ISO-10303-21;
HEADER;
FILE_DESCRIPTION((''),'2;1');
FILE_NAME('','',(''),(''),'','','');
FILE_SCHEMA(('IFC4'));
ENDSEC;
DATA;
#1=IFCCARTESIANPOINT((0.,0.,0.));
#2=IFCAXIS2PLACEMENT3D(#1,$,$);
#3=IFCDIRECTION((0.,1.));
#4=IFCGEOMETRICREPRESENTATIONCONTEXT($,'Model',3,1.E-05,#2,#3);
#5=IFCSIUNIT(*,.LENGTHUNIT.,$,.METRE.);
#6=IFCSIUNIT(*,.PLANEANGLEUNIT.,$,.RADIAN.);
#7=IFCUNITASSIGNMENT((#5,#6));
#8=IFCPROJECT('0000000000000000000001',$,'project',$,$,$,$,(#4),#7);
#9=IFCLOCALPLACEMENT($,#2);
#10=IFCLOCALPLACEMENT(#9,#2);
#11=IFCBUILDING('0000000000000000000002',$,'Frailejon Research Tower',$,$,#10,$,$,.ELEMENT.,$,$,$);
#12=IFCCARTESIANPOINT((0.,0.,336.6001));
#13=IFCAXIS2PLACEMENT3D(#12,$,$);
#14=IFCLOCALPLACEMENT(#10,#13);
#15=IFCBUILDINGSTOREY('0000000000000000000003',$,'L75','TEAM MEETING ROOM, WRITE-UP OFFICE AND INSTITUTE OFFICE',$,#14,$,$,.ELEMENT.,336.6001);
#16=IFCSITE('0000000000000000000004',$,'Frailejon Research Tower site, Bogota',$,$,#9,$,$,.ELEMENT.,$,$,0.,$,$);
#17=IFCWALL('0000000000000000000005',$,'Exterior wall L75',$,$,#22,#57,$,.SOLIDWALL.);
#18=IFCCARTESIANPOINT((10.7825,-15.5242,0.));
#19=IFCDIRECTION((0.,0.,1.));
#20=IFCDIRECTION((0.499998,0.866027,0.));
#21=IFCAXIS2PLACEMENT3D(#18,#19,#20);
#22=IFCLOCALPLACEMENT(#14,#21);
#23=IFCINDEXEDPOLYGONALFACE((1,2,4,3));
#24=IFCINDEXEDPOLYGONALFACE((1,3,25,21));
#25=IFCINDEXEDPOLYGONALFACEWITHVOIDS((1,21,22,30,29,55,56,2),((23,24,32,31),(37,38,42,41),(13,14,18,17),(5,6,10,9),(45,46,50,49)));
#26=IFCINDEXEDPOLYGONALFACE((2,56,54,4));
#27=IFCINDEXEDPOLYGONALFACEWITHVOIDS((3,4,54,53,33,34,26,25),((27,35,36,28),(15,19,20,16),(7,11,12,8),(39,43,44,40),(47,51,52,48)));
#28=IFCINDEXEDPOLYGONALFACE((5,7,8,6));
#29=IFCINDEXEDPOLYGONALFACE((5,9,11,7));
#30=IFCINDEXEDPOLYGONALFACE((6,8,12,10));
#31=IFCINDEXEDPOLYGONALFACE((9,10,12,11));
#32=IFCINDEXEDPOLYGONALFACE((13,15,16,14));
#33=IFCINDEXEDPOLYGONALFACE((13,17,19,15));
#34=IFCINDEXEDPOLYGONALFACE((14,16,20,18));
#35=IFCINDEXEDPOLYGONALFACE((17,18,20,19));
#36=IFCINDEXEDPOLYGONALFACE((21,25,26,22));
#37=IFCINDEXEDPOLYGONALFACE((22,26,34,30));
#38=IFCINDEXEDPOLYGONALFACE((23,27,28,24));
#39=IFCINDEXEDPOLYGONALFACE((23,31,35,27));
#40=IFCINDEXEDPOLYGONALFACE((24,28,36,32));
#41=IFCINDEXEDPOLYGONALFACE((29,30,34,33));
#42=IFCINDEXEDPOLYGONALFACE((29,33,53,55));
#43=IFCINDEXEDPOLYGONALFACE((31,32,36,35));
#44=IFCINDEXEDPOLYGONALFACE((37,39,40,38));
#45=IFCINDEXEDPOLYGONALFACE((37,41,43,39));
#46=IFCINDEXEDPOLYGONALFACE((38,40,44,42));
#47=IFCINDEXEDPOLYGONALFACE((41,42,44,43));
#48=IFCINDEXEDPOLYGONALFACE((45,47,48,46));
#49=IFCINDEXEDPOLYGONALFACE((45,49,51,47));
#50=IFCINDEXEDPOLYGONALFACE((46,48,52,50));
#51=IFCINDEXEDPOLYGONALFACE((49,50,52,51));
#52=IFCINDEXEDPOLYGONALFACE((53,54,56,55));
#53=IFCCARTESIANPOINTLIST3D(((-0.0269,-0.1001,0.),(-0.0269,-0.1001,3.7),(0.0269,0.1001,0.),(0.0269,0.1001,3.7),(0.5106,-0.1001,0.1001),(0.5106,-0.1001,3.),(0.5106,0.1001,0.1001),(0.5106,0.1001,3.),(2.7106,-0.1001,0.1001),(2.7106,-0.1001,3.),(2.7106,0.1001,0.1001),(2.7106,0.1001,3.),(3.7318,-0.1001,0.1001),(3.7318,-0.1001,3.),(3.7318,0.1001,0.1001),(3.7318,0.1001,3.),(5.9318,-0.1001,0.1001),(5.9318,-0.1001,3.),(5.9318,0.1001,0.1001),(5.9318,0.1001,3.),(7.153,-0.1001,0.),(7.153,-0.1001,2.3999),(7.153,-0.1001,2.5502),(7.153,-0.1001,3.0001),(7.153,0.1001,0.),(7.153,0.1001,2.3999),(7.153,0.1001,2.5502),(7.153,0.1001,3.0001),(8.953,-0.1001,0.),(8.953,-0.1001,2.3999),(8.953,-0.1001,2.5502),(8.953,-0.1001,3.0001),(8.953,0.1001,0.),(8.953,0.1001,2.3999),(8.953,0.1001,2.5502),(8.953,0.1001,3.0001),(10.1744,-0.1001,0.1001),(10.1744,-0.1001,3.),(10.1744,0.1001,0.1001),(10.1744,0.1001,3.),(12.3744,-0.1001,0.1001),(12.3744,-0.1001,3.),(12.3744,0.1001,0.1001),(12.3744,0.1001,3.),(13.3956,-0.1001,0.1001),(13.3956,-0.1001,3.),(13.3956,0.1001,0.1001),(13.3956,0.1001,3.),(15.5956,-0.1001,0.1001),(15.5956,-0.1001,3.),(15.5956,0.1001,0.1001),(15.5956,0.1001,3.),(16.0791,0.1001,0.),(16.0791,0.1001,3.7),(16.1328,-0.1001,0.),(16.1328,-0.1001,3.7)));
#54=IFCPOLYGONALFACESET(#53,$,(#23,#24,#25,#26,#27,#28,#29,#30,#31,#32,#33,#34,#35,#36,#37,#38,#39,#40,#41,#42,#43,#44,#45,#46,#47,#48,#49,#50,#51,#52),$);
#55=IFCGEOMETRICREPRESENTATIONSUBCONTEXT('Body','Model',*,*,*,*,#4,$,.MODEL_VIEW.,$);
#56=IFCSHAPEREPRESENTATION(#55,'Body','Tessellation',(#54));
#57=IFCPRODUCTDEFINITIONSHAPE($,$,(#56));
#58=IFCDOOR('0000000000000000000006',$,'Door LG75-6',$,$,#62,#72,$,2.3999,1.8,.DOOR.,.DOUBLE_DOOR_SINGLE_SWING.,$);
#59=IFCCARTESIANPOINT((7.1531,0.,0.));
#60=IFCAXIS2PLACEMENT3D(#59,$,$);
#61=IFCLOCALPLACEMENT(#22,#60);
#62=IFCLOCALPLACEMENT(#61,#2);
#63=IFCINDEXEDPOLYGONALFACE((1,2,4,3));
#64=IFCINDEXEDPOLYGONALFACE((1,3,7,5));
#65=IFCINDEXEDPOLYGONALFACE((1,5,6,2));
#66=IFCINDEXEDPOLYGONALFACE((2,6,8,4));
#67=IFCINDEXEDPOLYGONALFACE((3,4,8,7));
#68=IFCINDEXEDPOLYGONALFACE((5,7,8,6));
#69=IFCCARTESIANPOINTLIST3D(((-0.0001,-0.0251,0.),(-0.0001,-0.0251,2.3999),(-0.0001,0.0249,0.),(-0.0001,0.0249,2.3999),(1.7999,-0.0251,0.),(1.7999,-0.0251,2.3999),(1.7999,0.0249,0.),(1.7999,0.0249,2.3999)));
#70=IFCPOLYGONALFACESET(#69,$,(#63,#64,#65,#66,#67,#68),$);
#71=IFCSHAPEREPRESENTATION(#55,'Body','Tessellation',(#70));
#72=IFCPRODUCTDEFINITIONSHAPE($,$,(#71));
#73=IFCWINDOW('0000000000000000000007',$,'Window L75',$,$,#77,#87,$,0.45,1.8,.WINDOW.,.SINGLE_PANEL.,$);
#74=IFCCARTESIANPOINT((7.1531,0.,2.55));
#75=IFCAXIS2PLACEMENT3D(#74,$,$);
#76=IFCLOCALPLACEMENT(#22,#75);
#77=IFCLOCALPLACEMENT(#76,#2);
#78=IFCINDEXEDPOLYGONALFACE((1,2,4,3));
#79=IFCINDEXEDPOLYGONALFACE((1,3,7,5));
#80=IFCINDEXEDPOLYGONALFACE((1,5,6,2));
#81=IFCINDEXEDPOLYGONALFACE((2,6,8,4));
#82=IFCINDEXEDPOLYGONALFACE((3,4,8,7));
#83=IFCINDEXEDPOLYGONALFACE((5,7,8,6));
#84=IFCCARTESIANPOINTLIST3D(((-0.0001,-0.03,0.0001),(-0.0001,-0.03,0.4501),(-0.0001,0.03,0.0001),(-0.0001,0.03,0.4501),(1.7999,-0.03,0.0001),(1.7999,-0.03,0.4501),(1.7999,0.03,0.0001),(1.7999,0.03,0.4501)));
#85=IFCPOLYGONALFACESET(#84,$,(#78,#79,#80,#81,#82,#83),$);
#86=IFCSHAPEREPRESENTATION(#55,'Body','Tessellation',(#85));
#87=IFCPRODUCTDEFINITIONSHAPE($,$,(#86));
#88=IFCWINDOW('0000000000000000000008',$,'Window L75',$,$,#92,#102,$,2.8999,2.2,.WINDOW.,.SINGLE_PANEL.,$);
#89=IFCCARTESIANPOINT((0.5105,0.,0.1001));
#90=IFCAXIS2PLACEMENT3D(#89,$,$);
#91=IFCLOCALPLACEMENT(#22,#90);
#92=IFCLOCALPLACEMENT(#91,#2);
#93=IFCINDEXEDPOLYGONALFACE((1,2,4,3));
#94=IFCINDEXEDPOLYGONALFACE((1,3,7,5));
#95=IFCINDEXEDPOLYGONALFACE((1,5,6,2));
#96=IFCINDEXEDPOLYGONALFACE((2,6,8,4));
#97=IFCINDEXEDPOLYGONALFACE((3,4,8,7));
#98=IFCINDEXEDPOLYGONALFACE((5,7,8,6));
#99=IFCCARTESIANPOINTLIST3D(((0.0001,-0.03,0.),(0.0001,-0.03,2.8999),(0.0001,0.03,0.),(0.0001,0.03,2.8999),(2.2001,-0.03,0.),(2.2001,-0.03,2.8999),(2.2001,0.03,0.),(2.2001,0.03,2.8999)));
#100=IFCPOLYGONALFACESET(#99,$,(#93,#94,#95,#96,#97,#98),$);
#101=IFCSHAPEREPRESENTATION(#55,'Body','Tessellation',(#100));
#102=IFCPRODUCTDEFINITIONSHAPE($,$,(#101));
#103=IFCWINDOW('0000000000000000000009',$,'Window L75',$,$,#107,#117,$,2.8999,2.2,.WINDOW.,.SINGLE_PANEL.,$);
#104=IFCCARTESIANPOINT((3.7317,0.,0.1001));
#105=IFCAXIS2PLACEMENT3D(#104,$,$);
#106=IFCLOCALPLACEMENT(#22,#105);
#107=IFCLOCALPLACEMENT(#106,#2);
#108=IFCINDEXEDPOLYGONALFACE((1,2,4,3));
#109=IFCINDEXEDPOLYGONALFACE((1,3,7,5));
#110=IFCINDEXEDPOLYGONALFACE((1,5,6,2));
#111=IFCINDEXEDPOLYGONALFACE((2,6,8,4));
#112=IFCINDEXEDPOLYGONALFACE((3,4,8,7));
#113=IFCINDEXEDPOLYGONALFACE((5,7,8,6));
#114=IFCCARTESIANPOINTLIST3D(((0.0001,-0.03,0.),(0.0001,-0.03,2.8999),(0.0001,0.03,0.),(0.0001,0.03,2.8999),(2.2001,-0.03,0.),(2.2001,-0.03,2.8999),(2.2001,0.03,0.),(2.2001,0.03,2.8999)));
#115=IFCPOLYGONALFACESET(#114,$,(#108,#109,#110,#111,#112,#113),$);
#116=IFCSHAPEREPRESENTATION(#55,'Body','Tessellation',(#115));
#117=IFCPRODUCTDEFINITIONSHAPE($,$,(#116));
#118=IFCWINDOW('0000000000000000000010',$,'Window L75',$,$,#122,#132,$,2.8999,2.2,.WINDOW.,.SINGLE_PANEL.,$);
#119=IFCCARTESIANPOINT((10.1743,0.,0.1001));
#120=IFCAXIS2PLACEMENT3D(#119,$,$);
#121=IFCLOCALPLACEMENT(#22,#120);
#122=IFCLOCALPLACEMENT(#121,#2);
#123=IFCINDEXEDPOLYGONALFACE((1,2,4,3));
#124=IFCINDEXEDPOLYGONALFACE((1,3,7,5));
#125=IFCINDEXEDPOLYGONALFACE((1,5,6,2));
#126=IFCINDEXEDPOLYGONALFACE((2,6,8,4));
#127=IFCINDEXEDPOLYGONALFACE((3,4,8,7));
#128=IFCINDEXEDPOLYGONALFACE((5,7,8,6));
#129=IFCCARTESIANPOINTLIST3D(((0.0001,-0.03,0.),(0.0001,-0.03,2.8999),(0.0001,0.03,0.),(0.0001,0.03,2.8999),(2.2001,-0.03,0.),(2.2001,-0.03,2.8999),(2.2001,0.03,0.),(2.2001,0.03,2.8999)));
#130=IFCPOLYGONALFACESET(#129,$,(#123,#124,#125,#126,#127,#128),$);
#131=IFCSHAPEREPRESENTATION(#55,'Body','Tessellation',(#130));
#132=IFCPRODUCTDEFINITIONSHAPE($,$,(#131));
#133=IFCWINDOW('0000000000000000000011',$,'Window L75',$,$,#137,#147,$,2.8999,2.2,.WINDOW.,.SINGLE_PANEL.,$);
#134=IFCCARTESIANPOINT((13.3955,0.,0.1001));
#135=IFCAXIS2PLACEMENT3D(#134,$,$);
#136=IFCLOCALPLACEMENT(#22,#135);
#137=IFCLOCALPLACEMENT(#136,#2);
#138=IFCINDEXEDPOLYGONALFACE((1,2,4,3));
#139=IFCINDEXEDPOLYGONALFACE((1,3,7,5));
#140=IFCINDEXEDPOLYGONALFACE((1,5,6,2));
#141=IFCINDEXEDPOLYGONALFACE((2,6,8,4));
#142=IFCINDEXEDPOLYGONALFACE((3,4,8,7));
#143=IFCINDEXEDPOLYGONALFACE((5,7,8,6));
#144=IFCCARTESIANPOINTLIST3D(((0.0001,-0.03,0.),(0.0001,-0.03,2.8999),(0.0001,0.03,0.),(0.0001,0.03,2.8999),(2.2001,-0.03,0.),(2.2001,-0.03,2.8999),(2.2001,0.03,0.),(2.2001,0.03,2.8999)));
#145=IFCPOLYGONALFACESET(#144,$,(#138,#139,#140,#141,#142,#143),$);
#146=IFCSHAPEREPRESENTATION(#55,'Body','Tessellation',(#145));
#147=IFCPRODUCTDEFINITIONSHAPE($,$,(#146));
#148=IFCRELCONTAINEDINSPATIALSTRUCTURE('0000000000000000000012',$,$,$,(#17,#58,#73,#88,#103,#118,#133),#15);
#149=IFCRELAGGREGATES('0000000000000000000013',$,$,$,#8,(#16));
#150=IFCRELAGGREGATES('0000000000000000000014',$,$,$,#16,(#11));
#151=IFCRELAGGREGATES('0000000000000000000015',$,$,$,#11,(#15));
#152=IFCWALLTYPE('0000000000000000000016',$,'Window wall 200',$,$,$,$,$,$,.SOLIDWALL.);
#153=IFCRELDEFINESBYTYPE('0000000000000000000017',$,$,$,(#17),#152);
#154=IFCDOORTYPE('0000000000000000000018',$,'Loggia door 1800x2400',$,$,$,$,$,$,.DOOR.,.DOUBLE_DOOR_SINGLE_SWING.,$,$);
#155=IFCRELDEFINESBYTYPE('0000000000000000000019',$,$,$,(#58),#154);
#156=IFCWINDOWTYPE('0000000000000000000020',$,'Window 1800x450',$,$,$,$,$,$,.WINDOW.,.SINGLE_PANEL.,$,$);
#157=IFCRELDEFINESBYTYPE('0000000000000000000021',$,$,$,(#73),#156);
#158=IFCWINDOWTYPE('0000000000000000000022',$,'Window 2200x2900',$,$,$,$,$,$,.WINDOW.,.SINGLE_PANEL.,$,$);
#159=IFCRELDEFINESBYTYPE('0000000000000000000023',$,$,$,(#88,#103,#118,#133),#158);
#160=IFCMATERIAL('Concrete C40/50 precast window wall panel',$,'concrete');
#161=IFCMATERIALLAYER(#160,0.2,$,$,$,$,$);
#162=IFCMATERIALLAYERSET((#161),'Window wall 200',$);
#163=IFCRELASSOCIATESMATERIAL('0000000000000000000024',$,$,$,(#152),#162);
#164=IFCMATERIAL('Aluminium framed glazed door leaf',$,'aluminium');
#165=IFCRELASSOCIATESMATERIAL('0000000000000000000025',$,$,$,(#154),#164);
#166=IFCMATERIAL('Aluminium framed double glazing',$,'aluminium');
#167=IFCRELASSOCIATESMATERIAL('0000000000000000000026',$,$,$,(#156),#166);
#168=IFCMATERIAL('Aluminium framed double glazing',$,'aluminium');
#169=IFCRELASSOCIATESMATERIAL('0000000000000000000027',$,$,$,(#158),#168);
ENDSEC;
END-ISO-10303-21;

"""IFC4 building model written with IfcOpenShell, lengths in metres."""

from ifc_helpers import new_model, si_unit, direction, frame, frame_2d, origin, place, context, subcontext, project, spatial, polyline, rectangle, outline, extrude, material, layer, layer_set, type_object, element, fill, save


model = new_model("IFC4")

# Units and contexts
model_context = context("Model", 3, precision=1e-05, world=origin(), true_north=direction((0.0, 1.0)))
body_context = subcontext(model_context, "Body", "Model", "MODEL_VIEW")
ifc_project = project(units=[si_unit("LENGTHUNIT", "METRE"), si_unit("PLANEANGLEUNIT", "RADIAN")], contexts=[model_context])

# Site, building, storey
site_placement = place(None, origin())
site = spatial("IfcSite", under=ifc_project, at=site_placement, Name="Frailejon Research Tower site, Bogota", CompositionType="ELEMENT", RefElevation=0.0)
building_placement = place(site_placement, origin())
building = spatial("IfcBuilding", under=site, at=building_placement, Name="Frailejon Research Tower", CompositionType="ELEMENT")
storey_placement = place(building_placement, frame((0.0, 0.0, 336.6001)))
storey = spatial("IfcBuildingStorey", under=building, at=storey_placement, Name="L75", Description="TEAM MEETING ROOM, WRITE-UP OFFICE AND INSTITUTE OFFICE", CompositionType="ELEMENT", Elevation=336.6001)

# Wall, openings, door, windows
ifc_material_1 = material(Name="Concrete C40/50 precast window wall panel", Category="concrete")
ifc_layer_1 = layer(ifc_material_1, 0.2)
ifc_layer_set_1 = layer_set([ifc_layer_1], Name="Window wall 200")
wall_type = type_object("IfcWallType", Name="Window wall 200", PredefinedType="SOLIDWALL", material=ifc_layer_set_1)
wall_placement = place(storey_placement, frame((10.7825, -15.5242, 0.0), z_axis=(0.0, 0.0, 1.0), x_axis=(0.499998, 0.866027, 0.0)))
wall = element("IfcWall", 1, at=wall_placement, inside=storey, type_object=wall_type, Name="Exterior wall L75", PredefinedType="SOLIDWALL", context=body_context, shape_type="SweptSolid", body=[
    extrude(outline(polyline([(-0.0269, -0.1001), (0.9832, -0.1001), (1.9932, -0.1001), (3.0032, -0.1001), (4.0132, -0.1001), (5.0229, -0.1001), (6.033, -0.1001), (7.043, -0.1001), (8.053, -0.1001), (9.063, -0.1001), (10.073, -0.1001), (11.083, -0.1001), (12.0928, -0.1001), (13.1028, -0.1001), (14.1128, -0.1001), (15.1228, -0.1001), (16.1328, -0.1001), (16.0791, 0.1001), (15.0759, 0.1001), (14.0725, 0.1001), (13.0693, 0.1001), (12.0659, 0.1001), (11.0627, 0.1001), (10.0596, 0.1001), (9.0562, 0.1001), (8.053, 0.1001), (7.0498, 0.1001), (6.0464, 0.1001), (5.0432, 0.1001), (4.04, 0.1001), (3.0366, 0.1001), (2.0334, 0.1001), (1.03, 0.1001), (0.0269, 0.1001), (-0.0269, -0.1001)])), origin(), (0.0, 0.0, 1.0), 3.7),
])
opening_1_placement = place(wall_placement, frame((0.5105, 0.0, 0.1001)))
opening_1 = element("IfcOpeningElement", 2, at=opening_1_placement, cuts=wall, PredefinedType="OPENING", context=body_context, shape_type="SweptSolid", body=[
    extrude(rectangle(XDim=2.2, YDim=2.8999, at=frame_2d((1.1001, 1.45))), frame((0.0, 0.1099, 0.0), z_axis=(0.0, -1.0, 0.0), x_axis=(1.0, 0.0, 0.0)), (0.0, 0.0, 1.0), 0.22),
])
opening_2_placement = place(wall_placement, frame((3.7317, 0.0, 0.1001)))
opening_2 = element("IfcOpeningElement", 3, at=opening_2_placement, cuts=wall, PredefinedType="OPENING", context=body_context, shape_type="SweptSolid", body=[
    extrude(rectangle(XDim=2.2, YDim=2.8999, at=frame_2d((1.1001, 1.45))), frame((0.0, 0.1099, 0.0), z_axis=(0.0, -1.0, 0.0), x_axis=(1.0, 0.0, 0.0)), (0.0, 0.0, 1.0), 0.22),
])
opening_3_placement = place(wall_placement, frame((7.1531, 0.0, 0.0)))
opening_3 = element("IfcOpeningElement", 4, at=opening_3_placement, cuts=wall, PredefinedType="OPENING", context=body_context, shape_type="SweptSolid", body=[
    extrude(rectangle(XDim=1.8, YDim=2.3999, at=frame_2d((0.8999, 1.2))), frame((0.0, 0.1099, 0.0), z_axis=(0.0, -1.0, 0.0), x_axis=(1.0, 0.0, 0.0)), (0.0, 0.0, 1.0), 0.22),
])
opening_4_placement = place(wall_placement, frame((7.1531, 0.0, 2.55)))
opening_4 = element("IfcOpeningElement", 5, at=opening_4_placement, cuts=wall, PredefinedType="OPENING", context=body_context, shape_type="SweptSolid", body=[
    extrude(rectangle(XDim=1.8, YDim=0.45, at=frame_2d((0.8999, 0.2251))), frame((0.0, 0.1099, 0.0), z_axis=(0.0, -1.0, 0.0), x_axis=(1.0, 0.0, 0.0)), (0.0, 0.0, 1.0), 0.22),
])
opening_5_placement = place(wall_placement, frame((10.1743, 0.0, 0.1001)))
opening_5 = element("IfcOpeningElement", 6, at=opening_5_placement, cuts=wall, PredefinedType="OPENING", context=body_context, shape_type="SweptSolid", body=[
    extrude(rectangle(XDim=2.2, YDim=2.8999, at=frame_2d((1.1001, 1.45))), frame((0.0, 0.1099, 0.0), z_axis=(0.0, -1.0, 0.0), x_axis=(1.0, 0.0, 0.0)), (0.0, 0.0, 1.0), 0.22),
])
opening_6_placement = place(wall_placement, frame((13.3955, 0.0, 0.1001)))
opening_6 = element("IfcOpeningElement", 7, at=opening_6_placement, cuts=wall, PredefinedType="OPENING", context=body_context, shape_type="SweptSolid", body=[
    extrude(rectangle(XDim=2.2, YDim=2.8999, at=frame_2d((1.1001, 1.45))), frame((0.0, 0.1099, 0.0), z_axis=(0.0, -1.0, 0.0), x_axis=(1.0, 0.0, 0.0)), (0.0, 0.0, 1.0), 0.22),
])
ifc_material_2 = material(Name="Aluminium framed glazed door leaf", Category="aluminium")
door_type = type_object("IfcDoorType", Name="Loggia door 1800x2400", OperationType="DOUBLE_DOOR_SINGLE_SWING", PredefinedType="DOOR", material=ifc_material_2)
door_placement = place(opening_3_placement, origin())
door = element("IfcDoor", 8, at=door_placement, inside=storey, type_object=door_type, Name="Door LG75-6", OperationType="DOUBLE_DOOR_SINGLE_SWING", OverallHeight=2.3999, OverallWidth=1.8, PredefinedType="DOOR", context=body_context, shape_type="SweptSolid", body=[
    extrude(rectangle(XDim=1.8, YDim=2.3999, at=frame_2d((0.8999, 1.2))), frame((0.0, 0.0249, 0.0), z_axis=(0.0, -1.0, 0.0), x_axis=(1.0, 0.0, 0.0)), (0.0, 0.0, 1.0), 0.05),
])
fill(opening_3, door)
ifc_material_3 = material(Name="Aluminium framed double glazing", Category="aluminium")
window_type_1 = type_object("IfcWindowType", Name="Window 1800x450", PartitioningType="SINGLE_PANEL", PredefinedType="WINDOW", material=ifc_material_3)
window_1_placement = place(opening_4_placement, origin())
window_1 = element("IfcWindow", 9, at=window_1_placement, inside=storey, type_object=window_type_1, Name="Window L75", OverallHeight=0.45, OverallWidth=1.8, PartitioningType="SINGLE_PANEL", PredefinedType="WINDOW", context=body_context, shape_type="SweptSolid", body=[
    extrude(rectangle(XDim=1.8, YDim=0.45, at=frame_2d((0.8999, 0.2251))), frame((0.0, 0.03, 0.0), z_axis=(0.0, -1.0, 0.0), x_axis=(1.0, 0.0, 0.0)), (0.0, 0.0, 1.0), 0.0601),
])
fill(opening_4, window_1)
ifc_material_4 = material(Name="Aluminium framed double glazing", Category="aluminium")
window_type_2 = type_object("IfcWindowType", Name="Window 2200x2900", PartitioningType="SINGLE_PANEL", PredefinedType="WINDOW", material=ifc_material_4)
window_2_placement = place(opening_1_placement, origin())
window_2 = element("IfcWindow", 10, at=window_2_placement, inside=storey, type_object=window_type_2, Name="Window L75", OverallHeight=2.8999, OverallWidth=2.2, PartitioningType="SINGLE_PANEL", PredefinedType="WINDOW", context=body_context, shape_type="SweptSolid", body=[
    extrude(rectangle(XDim=2.2, YDim=2.8999, at=frame_2d((1.1001, 1.45))), frame((0.0, 0.03, 0.0), z_axis=(0.0, -1.0, 0.0), x_axis=(1.0, 0.0, 0.0)), (0.0, 0.0, 1.0), 0.0601),
])
fill(opening_1, window_2)
window_3_placement = place(opening_2_placement, origin())
window_3 = element("IfcWindow", 11, at=window_3_placement, inside=storey, type_object=window_type_2, Name="Window L75", OverallHeight=2.8999, OverallWidth=2.2, PartitioningType="SINGLE_PANEL", PredefinedType="WINDOW", context=body_context, shape_type="SweptSolid", body=[
    extrude(rectangle(XDim=2.2, YDim=2.8999, at=frame_2d((1.1001, 1.45))), frame((0.0, 0.03, 0.0), z_axis=(0.0, -1.0, 0.0), x_axis=(1.0, 0.0, 0.0)), (0.0, 0.0, 1.0), 0.0601),
])
fill(opening_2, window_3)
window_4_placement = place(opening_5_placement, origin())
window_4 = element("IfcWindow", 12, at=window_4_placement, inside=storey, type_object=window_type_2, Name="Window L75", OverallHeight=2.8999, OverallWidth=2.2, PartitioningType="SINGLE_PANEL", PredefinedType="WINDOW", context=body_context, shape_type="SweptSolid", body=[
    extrude(rectangle(XDim=2.2, YDim=2.8999, at=frame_2d((1.1001, 1.45))), frame((0.0, 0.03, 0.0), z_axis=(0.0, -1.0, 0.0), x_axis=(1.0, 0.0, 0.0)), (0.0, 0.0, 1.0), 0.0601),
])
fill(opening_5, window_4)
window_5_placement = place(opening_6_placement, origin())
window_5 = element("IfcWindow", 13, at=window_5_placement, inside=storey, type_object=window_type_2, Name="Window L75", OverallHeight=2.8999, OverallWidth=2.2, PartitioningType="SINGLE_PANEL", PredefinedType="WINDOW", context=body_context, shape_type="SweptSolid", body=[
    extrude(rectangle(XDim=2.2, YDim=2.8999, at=frame_2d((1.1001, 1.45))), frame((0.0, 0.03, 0.0), z_axis=(0.0, -1.0, 0.0), x_axis=(1.0, 0.0, 0.0)), (0.0, 0.0, 1.0), 0.0601),
])
fill(opening_6, window_5)

save(model, "model.ifc")
